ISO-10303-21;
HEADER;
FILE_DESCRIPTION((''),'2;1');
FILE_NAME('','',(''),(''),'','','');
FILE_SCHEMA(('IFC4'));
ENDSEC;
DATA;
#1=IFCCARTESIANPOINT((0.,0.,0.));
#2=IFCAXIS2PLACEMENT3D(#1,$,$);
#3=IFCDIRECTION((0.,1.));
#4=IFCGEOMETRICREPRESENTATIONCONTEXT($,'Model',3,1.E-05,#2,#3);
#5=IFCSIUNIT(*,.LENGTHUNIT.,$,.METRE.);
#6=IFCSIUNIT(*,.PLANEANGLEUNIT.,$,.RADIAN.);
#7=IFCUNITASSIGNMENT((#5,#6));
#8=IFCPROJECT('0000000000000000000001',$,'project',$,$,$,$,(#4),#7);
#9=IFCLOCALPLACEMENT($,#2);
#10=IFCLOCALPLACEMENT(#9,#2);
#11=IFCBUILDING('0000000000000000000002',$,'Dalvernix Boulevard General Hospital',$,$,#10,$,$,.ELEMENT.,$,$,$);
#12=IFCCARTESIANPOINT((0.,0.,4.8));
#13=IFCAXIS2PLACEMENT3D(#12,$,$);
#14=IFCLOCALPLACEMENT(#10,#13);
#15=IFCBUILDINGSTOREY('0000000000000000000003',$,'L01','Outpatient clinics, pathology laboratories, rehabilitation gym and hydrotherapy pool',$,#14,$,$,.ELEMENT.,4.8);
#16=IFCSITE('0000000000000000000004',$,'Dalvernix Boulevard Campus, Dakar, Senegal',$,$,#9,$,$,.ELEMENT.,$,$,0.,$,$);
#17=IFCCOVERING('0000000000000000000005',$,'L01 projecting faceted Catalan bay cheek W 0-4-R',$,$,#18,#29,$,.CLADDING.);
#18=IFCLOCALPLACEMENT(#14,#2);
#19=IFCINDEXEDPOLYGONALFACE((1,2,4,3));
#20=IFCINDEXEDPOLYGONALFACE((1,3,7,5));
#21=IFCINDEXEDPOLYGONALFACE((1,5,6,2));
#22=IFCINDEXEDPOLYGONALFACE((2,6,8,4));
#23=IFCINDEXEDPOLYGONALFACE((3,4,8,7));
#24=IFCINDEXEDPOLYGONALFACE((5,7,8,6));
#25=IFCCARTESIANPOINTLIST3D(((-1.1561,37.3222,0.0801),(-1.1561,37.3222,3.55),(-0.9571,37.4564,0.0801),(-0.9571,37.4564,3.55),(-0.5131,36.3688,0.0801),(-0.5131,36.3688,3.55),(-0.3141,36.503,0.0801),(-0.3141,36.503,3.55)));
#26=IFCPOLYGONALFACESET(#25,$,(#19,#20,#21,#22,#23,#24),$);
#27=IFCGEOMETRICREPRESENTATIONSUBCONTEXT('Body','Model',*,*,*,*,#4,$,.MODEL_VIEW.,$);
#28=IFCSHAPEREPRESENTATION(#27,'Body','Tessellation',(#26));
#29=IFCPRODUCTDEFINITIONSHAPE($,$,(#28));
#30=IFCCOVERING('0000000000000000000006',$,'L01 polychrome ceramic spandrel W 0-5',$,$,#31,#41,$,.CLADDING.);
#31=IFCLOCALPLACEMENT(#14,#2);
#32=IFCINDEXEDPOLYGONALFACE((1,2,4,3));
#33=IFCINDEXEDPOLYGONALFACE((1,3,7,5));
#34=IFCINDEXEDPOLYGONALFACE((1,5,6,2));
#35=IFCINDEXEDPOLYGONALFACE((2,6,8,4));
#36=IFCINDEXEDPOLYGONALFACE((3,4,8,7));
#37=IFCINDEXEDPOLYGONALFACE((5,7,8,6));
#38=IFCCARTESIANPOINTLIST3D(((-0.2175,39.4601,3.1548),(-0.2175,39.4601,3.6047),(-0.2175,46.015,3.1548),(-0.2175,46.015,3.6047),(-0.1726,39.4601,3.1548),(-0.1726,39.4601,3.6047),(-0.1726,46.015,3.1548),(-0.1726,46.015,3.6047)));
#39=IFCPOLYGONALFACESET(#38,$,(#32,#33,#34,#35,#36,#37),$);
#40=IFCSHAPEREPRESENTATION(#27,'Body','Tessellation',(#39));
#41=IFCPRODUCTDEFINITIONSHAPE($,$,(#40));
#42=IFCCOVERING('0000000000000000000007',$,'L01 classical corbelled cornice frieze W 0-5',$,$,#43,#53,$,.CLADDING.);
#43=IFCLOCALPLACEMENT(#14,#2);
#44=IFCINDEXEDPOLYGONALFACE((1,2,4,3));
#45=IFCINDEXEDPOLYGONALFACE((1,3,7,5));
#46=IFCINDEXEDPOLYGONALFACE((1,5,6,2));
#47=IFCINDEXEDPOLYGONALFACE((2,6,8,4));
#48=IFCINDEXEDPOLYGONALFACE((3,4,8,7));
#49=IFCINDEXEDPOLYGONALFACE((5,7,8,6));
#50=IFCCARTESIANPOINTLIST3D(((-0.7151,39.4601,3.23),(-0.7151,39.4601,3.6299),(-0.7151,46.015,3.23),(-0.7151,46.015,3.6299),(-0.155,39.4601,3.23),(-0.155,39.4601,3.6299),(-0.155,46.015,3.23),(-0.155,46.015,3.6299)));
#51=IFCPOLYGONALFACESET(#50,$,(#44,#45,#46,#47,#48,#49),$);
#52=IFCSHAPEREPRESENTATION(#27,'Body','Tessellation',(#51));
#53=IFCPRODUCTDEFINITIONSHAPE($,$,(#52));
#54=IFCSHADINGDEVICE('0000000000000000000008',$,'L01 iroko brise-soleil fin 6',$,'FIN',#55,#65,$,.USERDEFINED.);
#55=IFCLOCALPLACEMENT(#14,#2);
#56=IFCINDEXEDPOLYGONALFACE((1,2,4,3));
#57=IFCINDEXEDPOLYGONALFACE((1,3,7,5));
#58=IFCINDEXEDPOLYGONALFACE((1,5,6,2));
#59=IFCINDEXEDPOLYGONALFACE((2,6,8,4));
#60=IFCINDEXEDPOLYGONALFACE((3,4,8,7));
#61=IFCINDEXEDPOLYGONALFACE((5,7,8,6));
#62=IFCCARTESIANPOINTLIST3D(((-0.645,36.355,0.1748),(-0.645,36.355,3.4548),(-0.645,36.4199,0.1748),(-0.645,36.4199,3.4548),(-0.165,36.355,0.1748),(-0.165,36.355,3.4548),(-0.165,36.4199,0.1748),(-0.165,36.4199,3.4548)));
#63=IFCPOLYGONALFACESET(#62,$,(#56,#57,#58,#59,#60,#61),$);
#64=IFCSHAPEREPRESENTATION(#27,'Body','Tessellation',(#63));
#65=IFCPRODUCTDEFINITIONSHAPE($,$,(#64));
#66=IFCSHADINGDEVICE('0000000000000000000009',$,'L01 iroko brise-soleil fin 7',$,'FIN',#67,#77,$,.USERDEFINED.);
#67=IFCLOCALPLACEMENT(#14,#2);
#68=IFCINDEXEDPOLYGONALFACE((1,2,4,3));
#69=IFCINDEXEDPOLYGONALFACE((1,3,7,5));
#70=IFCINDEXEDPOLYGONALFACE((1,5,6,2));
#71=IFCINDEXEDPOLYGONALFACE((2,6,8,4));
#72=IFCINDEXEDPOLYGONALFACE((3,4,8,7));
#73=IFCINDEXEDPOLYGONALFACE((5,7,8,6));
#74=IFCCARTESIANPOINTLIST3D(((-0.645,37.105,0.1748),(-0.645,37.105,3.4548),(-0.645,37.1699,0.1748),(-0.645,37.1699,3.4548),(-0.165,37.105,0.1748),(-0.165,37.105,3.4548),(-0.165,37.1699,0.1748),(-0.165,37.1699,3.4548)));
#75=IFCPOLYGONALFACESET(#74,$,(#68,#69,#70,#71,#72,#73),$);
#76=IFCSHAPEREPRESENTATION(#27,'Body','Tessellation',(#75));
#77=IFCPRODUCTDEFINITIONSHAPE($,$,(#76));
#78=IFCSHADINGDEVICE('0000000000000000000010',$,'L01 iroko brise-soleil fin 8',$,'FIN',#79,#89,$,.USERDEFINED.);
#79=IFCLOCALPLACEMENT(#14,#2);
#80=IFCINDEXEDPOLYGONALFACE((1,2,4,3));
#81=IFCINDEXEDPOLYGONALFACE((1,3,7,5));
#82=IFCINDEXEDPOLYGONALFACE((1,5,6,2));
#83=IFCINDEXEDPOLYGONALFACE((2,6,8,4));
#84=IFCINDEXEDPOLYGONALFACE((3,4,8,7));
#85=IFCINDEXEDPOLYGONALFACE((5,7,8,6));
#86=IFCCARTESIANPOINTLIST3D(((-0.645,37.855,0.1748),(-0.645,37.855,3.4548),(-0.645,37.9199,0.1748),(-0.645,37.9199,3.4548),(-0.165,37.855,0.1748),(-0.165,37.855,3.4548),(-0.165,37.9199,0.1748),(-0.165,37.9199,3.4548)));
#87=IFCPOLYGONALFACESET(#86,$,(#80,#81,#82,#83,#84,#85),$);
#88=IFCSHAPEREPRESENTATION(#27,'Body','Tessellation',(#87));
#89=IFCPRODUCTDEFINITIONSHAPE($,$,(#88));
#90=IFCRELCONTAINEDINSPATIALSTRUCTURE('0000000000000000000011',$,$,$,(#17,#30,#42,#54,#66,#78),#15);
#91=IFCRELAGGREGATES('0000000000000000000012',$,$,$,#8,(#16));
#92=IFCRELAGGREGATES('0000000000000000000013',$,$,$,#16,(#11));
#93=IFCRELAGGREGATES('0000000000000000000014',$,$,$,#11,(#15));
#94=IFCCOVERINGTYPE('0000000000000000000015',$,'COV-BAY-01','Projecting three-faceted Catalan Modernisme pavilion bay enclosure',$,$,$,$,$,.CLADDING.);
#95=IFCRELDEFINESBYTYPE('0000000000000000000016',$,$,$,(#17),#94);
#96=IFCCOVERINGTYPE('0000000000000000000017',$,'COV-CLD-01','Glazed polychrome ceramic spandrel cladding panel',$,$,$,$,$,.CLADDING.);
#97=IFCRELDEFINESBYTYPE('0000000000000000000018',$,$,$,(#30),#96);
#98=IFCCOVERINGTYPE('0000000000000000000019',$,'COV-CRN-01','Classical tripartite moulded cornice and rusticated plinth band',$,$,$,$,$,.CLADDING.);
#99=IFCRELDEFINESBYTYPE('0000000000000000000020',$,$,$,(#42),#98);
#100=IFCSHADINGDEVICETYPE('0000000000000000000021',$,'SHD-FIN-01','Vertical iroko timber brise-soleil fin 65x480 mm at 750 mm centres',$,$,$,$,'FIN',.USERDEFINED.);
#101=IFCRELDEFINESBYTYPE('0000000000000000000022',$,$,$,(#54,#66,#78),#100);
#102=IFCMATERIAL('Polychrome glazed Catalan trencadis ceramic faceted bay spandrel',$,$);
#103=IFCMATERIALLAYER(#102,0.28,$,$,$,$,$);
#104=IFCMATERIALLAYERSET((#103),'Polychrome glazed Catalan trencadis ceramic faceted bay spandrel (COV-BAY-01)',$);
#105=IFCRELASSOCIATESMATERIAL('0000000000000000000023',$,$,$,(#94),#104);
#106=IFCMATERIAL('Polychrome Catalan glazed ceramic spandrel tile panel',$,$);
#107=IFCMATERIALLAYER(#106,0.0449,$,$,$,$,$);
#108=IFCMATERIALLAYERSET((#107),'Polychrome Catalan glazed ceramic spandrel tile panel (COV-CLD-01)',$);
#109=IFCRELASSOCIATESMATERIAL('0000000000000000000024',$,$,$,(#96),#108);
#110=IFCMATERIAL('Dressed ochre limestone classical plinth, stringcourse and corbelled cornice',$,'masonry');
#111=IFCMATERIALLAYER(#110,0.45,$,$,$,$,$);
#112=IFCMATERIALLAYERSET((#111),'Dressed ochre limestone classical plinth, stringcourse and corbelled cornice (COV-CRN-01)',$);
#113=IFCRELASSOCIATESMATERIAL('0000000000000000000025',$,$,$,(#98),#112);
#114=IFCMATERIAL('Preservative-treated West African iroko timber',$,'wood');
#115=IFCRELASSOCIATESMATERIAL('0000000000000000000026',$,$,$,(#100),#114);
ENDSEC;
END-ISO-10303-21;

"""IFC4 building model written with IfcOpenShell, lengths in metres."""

from ifc_helpers import new_model, si_unit, direction, frame, origin, origin_2d, place, context, subcontext, project, spatial, rectangle, extrude, material, layer, layer_set, type_object, element, save


model = new_model("IFC4")

# Units and contexts
model_context = context("Model", 3, precision=1e-05, world=origin(), true_north=direction((0.0, 1.0)))
body_context = subcontext(model_context, "Body", "Model", "MODEL_VIEW")
ifc_project = project(units=[si_unit("LENGTHUNIT", "METRE"), si_unit("PLANEANGLEUNIT", "RADIAN")], contexts=[model_context])

# Site, building, storey
site_placement = place(None, origin())
site = spatial("IfcSite", under=ifc_project, at=site_placement, Name="Dalvernix Boulevard Campus, Dakar, Senegal", CompositionType="ELEMENT", RefElevation=0.0)
building_placement = place(site_placement, origin())
building = spatial("IfcBuilding", under=site, at=building_placement, Name="Dalvernix Boulevard General Hospital", CompositionType="ELEMENT")
storey_placement = place(building_placement, frame((0.0, 0.0, 4.8)))
storey = spatial("IfcBuildingStorey", under=building, at=storey_placement, Name="L01", Description="Outpatient clinics, pathology laboratories, rehabilitation gym and hydrotherapy pool", CompositionType="ELEMENT", Elevation=4.8)

# Coverings
ifc_material_1 = material(Name="Polychrome glazed Catalan trencadis ceramic faceted bay spandrel")
ifc_layer_1 = layer(ifc_material_1, 0.28)
ifc_layer_set_1 = layer_set([ifc_layer_1], Name="Polychrome glazed Catalan trencadis ceramic faceted bay spandrel (COV-BAY-01)")
covering_type_1 = type_object("IfcCoveringType", Name="COV-BAY-01", Description="Projecting three-faceted Catalan Modernisme pavilion bay enclosure", PredefinedType="CLADDING", material=ifc_layer_set_1)
covering_1_placement = place(storey_placement, frame((-0.7351, 36.9126, 0.0801), z_axis=(0.0, 0.0, 1.0), x_axis=(-0.559193, 0.829038, 0.0)))
element("IfcCovering", 1, at=covering_1_placement, inside=storey, type_object=covering_type_1, Name="L01 projecting faceted Catalan bay cheek W 0-4-R", PredefinedType="CLADDING", context=body_context, shape_type="SweptSolid", body=[
    extrude(rectangle(XDim=1.1499, YDim=0.24, at=origin_2d()), origin(), (0.0, 0.0, 1.0), 3.47),
])
ifc_material_2 = material(Name="Polychrome Catalan glazed ceramic spandrel tile panel")
ifc_layer_2 = layer(ifc_material_2, 0.0449)
ifc_layer_set_2 = layer_set([ifc_layer_2], Name="Polychrome Catalan glazed ceramic spandrel tile panel (COV-CLD-01)")
covering_type_2 = type_object("IfcCoveringType", Name="COV-CLD-01", Description="Glazed polychrome ceramic spandrel cladding panel", PredefinedType="CLADDING", material=ifc_layer_set_2)
covering_2_placement = place(storey_placement, frame((-0.1951, 42.7375, 3.1548), z_axis=(0.0, 0.0, 1.0), x_axis=(0.0, 1.0, 0.0)))
element("IfcCovering", 2, at=covering_2_placement, inside=storey, type_object=covering_type_2, Name="L01 polychrome ceramic spandrel W 0-5", PredefinedType="CLADDING", context=body_context, shape_type="SweptSolid", body=[
    extrude(rectangle(XDim=6.5549, YDim=0.0449, at=origin_2d()), origin(), (0.0, 0.0, 1.0), 0.45),
])
ifc_material_3 = material(Name="Dressed ochre limestone classical plinth, stringcourse and corbelled cornice", Category="masonry")
ifc_layer_3 = layer(ifc_material_3, 0.45)
ifc_layer_set_3 = layer_set([ifc_layer_3], Name="Dressed ochre limestone classical plinth, stringcourse and corbelled cornice (COV-CRN-01)")
covering_type_3 = type_object("IfcCoveringType", Name="COV-CRN-01", Description="Classical tripartite moulded cornice and rusticated plinth band", PredefinedType="CLADDING", material=ifc_layer_set_3)
covering_3_placement = place(storey_placement, frame((-0.4351, 42.7375, 3.23), z_axis=(0.0, 0.0, 1.0), x_axis=(0.0, 1.0, 0.0)))
element("IfcCovering", 3, at=covering_3_placement, inside=storey, type_object=covering_type_3, Name="L01 classical corbelled cornice frieze W 0-5", PredefinedType="CLADDING", context=body_context, shape_type="SweptSolid", body=[
    extrude(rectangle(XDim=6.5549, YDim=0.5601, at=origin_2d()), origin(), (0.0, 0.0, 1.0), 0.3999),
])

# Shading devices
ifc_material_4 = material(Name="Preservative-treated West African iroko timber", Category="wood")
shading_device_type = type_object("IfcShadingDeviceType", Name="SHD-FIN-01", Description="Vertical iroko timber brise-soleil fin 65x480 mm at 750 mm centres", ElementType="FIN", PredefinedType="USERDEFINED", material=ifc_material_4)
for number, where, z_axis, x_axis, name in (
    (4, (-0.405, 36.3875, 0.1748), (0.0, 0.0, 1.0), (0.0, 1.0, 0.0), "L01 iroko brise-soleil fin 6"),
    (5, (-0.405, 37.1375, 0.1748), (0.0, 0.0, 1.0), (0.0, 1.0, 0.0), "L01 iroko brise-soleil fin 7"),
    (6, (-0.405, 37.8875, 0.1748), (0.0, 0.0, 1.0), (0.0, 1.0, 0.0), "L01 iroko brise-soleil fin 8"),
):
    element("IfcShadingDevice", number, at=place(storey_placement, frame(where, z_axis=z_axis, x_axis=x_axis)), inside=storey, type_object=shading_device_type, Name=name, ObjectType="FIN", PredefinedType="USERDEFINED", context=body_context, shape_type="SweptSolid", body=[
        extrude(rectangle(XDim=0.0649, YDim=0.48, at=origin_2d()), origin(), (0.0, 0.0, 1.0), 3.28),
    ])

save(model, "model.ifc")
